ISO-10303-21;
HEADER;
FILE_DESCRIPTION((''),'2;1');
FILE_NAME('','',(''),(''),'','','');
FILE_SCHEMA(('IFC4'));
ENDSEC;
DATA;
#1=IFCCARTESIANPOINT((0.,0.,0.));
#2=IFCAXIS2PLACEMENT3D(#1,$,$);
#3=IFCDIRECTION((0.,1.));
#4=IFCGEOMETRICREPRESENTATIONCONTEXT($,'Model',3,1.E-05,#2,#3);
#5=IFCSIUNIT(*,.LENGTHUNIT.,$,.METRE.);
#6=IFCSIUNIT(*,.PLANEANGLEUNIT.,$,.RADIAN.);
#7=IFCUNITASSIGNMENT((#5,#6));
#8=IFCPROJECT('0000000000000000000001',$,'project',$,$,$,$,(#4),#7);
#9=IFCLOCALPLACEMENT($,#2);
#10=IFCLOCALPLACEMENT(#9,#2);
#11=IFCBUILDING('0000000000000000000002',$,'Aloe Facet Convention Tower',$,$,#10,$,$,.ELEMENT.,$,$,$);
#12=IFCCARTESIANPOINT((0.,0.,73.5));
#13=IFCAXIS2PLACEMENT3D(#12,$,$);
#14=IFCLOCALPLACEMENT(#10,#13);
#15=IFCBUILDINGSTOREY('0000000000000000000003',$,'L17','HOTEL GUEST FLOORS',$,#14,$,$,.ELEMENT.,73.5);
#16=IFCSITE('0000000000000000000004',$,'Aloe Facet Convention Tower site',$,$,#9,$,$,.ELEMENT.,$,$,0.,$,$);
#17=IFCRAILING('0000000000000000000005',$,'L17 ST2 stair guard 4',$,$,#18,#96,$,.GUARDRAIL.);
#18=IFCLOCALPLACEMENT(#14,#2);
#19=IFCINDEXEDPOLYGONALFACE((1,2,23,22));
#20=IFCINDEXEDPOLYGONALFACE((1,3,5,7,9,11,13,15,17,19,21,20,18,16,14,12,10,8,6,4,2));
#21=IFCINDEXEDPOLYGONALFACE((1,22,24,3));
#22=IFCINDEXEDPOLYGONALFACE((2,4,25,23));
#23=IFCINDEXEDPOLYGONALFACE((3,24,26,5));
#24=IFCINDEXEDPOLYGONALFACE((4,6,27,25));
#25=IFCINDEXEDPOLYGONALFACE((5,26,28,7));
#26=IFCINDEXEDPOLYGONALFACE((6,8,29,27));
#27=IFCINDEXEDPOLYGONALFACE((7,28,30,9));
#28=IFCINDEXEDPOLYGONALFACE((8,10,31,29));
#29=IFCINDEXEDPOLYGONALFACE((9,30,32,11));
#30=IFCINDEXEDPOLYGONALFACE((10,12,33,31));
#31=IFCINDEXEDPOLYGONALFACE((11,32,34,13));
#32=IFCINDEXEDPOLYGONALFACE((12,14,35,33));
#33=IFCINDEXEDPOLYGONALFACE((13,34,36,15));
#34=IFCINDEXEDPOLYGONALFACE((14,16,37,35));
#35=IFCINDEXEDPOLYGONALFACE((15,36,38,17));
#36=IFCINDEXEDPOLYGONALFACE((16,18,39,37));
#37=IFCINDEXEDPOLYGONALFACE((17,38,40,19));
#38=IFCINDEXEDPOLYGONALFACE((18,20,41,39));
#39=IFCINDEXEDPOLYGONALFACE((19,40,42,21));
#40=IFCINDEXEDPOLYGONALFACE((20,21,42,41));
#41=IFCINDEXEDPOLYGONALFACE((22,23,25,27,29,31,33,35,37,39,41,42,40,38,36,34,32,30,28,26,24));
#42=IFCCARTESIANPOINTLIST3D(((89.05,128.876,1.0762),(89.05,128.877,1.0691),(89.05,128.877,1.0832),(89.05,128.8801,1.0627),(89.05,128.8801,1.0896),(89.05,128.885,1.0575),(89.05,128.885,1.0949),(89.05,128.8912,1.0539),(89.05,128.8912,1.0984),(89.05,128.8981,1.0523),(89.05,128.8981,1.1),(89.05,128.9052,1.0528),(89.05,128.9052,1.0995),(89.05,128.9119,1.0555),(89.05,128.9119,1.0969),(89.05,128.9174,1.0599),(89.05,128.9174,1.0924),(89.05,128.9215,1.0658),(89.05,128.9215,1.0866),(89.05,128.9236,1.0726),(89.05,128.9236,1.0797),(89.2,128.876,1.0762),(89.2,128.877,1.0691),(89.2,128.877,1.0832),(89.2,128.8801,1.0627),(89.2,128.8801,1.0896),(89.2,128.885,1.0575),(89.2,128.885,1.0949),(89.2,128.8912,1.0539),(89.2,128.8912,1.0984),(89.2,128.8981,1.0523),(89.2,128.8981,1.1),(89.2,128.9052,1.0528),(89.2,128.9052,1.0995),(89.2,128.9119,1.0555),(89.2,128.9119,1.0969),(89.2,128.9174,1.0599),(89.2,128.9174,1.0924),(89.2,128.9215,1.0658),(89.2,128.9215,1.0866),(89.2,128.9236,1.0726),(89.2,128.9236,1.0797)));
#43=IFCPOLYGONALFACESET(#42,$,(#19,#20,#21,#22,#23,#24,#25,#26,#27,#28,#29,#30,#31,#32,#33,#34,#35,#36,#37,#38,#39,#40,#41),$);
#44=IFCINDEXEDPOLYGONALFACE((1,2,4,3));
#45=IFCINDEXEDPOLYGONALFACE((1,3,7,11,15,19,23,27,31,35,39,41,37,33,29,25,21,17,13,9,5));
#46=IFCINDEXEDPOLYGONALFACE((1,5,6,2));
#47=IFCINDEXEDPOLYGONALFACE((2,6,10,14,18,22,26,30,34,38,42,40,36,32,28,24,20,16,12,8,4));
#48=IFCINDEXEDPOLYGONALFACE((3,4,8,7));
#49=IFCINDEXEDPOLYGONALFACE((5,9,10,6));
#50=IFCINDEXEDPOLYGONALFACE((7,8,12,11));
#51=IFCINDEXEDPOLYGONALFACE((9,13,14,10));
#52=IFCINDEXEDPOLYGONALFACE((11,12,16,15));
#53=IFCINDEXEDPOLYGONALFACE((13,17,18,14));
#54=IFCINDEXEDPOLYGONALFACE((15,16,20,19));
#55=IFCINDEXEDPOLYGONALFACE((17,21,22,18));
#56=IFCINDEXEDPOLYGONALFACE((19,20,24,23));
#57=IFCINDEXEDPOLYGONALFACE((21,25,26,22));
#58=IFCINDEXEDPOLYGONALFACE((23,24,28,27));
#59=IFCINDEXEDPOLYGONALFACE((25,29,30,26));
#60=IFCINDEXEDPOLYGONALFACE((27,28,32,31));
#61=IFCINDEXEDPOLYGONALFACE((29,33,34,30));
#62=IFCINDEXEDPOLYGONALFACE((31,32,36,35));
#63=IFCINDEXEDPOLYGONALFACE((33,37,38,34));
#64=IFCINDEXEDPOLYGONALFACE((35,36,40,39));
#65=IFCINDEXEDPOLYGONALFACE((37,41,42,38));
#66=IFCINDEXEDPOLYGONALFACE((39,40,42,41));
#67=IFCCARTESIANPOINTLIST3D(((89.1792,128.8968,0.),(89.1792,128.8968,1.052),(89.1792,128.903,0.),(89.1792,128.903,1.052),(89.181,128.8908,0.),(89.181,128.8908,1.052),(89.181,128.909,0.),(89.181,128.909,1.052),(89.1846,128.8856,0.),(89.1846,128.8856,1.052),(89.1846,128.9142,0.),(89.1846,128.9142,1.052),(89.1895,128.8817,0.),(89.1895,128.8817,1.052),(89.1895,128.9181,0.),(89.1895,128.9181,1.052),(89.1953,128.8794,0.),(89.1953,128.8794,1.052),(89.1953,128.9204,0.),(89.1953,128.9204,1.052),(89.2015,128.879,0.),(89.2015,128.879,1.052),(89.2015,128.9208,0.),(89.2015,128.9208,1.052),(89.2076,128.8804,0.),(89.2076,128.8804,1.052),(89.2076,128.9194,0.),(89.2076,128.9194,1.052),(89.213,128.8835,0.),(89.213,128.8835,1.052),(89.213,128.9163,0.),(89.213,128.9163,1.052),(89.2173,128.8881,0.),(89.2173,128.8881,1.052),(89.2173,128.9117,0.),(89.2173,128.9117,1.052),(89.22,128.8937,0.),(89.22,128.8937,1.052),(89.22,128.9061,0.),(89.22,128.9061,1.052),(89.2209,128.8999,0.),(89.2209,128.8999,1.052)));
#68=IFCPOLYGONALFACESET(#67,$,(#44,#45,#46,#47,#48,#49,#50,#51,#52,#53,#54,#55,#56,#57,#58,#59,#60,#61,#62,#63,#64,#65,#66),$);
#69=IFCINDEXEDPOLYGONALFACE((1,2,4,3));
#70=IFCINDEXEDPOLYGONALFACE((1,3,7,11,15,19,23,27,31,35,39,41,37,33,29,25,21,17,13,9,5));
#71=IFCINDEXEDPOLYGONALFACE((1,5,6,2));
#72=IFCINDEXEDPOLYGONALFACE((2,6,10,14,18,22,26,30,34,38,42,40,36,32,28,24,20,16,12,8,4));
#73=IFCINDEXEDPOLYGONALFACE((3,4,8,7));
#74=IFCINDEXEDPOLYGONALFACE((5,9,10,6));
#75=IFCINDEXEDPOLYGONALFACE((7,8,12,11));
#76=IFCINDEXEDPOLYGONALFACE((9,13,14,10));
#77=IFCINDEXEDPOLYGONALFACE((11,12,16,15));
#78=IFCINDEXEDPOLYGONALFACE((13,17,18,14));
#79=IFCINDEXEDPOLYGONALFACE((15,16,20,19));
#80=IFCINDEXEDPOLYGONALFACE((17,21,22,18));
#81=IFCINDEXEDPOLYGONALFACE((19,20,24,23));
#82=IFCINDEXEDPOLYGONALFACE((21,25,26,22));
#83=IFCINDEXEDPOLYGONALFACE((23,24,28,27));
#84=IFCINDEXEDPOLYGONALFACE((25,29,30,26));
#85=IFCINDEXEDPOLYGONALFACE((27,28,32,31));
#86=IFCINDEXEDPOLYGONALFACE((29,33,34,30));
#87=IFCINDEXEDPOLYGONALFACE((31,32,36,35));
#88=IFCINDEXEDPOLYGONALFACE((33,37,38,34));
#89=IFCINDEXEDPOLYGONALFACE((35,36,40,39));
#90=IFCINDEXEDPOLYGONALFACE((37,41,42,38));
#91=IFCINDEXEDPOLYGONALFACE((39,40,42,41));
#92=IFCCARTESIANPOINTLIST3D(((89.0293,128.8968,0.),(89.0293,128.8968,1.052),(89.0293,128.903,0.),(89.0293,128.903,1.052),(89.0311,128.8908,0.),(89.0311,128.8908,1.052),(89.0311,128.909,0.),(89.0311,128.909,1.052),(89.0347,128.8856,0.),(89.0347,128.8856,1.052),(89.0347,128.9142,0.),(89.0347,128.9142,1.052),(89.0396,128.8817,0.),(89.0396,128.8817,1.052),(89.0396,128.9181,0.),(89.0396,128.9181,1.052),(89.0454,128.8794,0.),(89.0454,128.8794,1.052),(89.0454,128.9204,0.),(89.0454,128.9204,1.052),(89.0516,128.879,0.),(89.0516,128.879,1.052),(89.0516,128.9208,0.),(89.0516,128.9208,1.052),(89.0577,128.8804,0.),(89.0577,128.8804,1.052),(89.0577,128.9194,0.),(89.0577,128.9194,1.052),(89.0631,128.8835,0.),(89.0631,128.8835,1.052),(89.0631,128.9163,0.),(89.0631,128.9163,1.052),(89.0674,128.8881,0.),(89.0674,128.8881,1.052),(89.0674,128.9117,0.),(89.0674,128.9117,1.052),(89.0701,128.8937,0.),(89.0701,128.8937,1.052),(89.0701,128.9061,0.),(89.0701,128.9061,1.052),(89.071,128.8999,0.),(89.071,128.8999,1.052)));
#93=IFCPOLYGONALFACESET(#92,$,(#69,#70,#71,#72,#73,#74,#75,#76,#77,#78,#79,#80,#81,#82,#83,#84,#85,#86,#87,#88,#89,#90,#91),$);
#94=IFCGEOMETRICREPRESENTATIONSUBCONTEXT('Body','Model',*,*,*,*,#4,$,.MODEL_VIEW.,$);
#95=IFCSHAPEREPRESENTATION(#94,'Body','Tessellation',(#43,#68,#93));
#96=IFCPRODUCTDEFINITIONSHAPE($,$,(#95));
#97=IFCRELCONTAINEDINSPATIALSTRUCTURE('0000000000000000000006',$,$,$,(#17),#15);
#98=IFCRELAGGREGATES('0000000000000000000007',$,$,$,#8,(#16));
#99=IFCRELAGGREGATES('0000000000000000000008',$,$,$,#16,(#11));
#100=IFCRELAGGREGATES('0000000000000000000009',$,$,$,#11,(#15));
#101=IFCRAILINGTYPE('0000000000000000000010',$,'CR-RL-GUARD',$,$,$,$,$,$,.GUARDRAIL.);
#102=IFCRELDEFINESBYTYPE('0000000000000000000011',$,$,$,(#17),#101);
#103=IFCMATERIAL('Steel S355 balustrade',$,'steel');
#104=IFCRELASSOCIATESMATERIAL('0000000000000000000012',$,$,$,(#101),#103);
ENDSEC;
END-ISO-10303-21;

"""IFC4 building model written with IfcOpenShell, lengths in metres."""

from ifc_helpers import new_model, si_unit, direction, frame, origin, origin_2d, place, context, subcontext, project, spatial, circle, extrude, material, type_object, element, save


model = new_model("IFC4")

# Units and contexts
model_context = context("Model", 3, precision=1e-05, world=origin(), true_north=direction((0.0, 1.0)))
body_context = subcontext(model_context, "Body", "Model", "MODEL_VIEW")
ifc_project = project(units=[si_unit("LENGTHUNIT", "METRE"), si_unit("PLANEANGLEUNIT", "RADIAN")], contexts=[model_context])

# Site, building, storey
site_placement = place(None, origin())
site = spatial("IfcSite", under=ifc_project, at=site_placement, Name="Aloe Facet Convention Tower site", CompositionType="ELEMENT", RefElevation=0.0)
building_placement = place(site_placement, origin())
building = spatial("IfcBuilding", under=site, at=building_placement, Name="Aloe Facet Convention Tower", CompositionType="ELEMENT")
storey_placement = place(building_placement, frame((0.0, 0.0, 73.5)))
storey = spatial("IfcBuildingStorey", under=building, at=storey_placement, Name="L17", Description="HOTEL GUEST FLOORS", CompositionType="ELEMENT", Elevation=73.5)

# Railing
ifc_material_1 = material(Name="Steel S355 balustrade", Category="steel")
railing_type_1 = type_object("IfcRailingType", Name="CR-RL-GUARD", PredefinedType="GUARDRAIL", material=ifc_material_1)
railing_1_placement = place(storey_placement, frame((89.2, 128.8999, 0.0)))
element("IfcRailing", 1, at=railing_1_placement, inside=storey, type_object=railing_type_1, Name="L17 ST2 stair guard 4", PredefinedType="GUARDRAIL", context=body_context, shape_type="SweptSolid", body=[
    extrude(circle(Radius=0.0239, at=origin_2d()), frame((0.0, 0.0, 1.0762), z_axis=(-1.0, 0.0, 0.0), x_axis=(0.0, -1.0, 0.0)), (0.0, 0.0, 1.0), 0.1499),
    extrude(circle(Radius=0.021, at=origin_2d()), origin(), (0.0, 0.0, 1.0), 1.052),
    extrude(circle(Radius=0.021, at=origin_2d()), frame((-0.1499, 0.0, 0.0)), (0.0, 0.0, 1.0), 1.052),
])

save(model, "model.ifc")
